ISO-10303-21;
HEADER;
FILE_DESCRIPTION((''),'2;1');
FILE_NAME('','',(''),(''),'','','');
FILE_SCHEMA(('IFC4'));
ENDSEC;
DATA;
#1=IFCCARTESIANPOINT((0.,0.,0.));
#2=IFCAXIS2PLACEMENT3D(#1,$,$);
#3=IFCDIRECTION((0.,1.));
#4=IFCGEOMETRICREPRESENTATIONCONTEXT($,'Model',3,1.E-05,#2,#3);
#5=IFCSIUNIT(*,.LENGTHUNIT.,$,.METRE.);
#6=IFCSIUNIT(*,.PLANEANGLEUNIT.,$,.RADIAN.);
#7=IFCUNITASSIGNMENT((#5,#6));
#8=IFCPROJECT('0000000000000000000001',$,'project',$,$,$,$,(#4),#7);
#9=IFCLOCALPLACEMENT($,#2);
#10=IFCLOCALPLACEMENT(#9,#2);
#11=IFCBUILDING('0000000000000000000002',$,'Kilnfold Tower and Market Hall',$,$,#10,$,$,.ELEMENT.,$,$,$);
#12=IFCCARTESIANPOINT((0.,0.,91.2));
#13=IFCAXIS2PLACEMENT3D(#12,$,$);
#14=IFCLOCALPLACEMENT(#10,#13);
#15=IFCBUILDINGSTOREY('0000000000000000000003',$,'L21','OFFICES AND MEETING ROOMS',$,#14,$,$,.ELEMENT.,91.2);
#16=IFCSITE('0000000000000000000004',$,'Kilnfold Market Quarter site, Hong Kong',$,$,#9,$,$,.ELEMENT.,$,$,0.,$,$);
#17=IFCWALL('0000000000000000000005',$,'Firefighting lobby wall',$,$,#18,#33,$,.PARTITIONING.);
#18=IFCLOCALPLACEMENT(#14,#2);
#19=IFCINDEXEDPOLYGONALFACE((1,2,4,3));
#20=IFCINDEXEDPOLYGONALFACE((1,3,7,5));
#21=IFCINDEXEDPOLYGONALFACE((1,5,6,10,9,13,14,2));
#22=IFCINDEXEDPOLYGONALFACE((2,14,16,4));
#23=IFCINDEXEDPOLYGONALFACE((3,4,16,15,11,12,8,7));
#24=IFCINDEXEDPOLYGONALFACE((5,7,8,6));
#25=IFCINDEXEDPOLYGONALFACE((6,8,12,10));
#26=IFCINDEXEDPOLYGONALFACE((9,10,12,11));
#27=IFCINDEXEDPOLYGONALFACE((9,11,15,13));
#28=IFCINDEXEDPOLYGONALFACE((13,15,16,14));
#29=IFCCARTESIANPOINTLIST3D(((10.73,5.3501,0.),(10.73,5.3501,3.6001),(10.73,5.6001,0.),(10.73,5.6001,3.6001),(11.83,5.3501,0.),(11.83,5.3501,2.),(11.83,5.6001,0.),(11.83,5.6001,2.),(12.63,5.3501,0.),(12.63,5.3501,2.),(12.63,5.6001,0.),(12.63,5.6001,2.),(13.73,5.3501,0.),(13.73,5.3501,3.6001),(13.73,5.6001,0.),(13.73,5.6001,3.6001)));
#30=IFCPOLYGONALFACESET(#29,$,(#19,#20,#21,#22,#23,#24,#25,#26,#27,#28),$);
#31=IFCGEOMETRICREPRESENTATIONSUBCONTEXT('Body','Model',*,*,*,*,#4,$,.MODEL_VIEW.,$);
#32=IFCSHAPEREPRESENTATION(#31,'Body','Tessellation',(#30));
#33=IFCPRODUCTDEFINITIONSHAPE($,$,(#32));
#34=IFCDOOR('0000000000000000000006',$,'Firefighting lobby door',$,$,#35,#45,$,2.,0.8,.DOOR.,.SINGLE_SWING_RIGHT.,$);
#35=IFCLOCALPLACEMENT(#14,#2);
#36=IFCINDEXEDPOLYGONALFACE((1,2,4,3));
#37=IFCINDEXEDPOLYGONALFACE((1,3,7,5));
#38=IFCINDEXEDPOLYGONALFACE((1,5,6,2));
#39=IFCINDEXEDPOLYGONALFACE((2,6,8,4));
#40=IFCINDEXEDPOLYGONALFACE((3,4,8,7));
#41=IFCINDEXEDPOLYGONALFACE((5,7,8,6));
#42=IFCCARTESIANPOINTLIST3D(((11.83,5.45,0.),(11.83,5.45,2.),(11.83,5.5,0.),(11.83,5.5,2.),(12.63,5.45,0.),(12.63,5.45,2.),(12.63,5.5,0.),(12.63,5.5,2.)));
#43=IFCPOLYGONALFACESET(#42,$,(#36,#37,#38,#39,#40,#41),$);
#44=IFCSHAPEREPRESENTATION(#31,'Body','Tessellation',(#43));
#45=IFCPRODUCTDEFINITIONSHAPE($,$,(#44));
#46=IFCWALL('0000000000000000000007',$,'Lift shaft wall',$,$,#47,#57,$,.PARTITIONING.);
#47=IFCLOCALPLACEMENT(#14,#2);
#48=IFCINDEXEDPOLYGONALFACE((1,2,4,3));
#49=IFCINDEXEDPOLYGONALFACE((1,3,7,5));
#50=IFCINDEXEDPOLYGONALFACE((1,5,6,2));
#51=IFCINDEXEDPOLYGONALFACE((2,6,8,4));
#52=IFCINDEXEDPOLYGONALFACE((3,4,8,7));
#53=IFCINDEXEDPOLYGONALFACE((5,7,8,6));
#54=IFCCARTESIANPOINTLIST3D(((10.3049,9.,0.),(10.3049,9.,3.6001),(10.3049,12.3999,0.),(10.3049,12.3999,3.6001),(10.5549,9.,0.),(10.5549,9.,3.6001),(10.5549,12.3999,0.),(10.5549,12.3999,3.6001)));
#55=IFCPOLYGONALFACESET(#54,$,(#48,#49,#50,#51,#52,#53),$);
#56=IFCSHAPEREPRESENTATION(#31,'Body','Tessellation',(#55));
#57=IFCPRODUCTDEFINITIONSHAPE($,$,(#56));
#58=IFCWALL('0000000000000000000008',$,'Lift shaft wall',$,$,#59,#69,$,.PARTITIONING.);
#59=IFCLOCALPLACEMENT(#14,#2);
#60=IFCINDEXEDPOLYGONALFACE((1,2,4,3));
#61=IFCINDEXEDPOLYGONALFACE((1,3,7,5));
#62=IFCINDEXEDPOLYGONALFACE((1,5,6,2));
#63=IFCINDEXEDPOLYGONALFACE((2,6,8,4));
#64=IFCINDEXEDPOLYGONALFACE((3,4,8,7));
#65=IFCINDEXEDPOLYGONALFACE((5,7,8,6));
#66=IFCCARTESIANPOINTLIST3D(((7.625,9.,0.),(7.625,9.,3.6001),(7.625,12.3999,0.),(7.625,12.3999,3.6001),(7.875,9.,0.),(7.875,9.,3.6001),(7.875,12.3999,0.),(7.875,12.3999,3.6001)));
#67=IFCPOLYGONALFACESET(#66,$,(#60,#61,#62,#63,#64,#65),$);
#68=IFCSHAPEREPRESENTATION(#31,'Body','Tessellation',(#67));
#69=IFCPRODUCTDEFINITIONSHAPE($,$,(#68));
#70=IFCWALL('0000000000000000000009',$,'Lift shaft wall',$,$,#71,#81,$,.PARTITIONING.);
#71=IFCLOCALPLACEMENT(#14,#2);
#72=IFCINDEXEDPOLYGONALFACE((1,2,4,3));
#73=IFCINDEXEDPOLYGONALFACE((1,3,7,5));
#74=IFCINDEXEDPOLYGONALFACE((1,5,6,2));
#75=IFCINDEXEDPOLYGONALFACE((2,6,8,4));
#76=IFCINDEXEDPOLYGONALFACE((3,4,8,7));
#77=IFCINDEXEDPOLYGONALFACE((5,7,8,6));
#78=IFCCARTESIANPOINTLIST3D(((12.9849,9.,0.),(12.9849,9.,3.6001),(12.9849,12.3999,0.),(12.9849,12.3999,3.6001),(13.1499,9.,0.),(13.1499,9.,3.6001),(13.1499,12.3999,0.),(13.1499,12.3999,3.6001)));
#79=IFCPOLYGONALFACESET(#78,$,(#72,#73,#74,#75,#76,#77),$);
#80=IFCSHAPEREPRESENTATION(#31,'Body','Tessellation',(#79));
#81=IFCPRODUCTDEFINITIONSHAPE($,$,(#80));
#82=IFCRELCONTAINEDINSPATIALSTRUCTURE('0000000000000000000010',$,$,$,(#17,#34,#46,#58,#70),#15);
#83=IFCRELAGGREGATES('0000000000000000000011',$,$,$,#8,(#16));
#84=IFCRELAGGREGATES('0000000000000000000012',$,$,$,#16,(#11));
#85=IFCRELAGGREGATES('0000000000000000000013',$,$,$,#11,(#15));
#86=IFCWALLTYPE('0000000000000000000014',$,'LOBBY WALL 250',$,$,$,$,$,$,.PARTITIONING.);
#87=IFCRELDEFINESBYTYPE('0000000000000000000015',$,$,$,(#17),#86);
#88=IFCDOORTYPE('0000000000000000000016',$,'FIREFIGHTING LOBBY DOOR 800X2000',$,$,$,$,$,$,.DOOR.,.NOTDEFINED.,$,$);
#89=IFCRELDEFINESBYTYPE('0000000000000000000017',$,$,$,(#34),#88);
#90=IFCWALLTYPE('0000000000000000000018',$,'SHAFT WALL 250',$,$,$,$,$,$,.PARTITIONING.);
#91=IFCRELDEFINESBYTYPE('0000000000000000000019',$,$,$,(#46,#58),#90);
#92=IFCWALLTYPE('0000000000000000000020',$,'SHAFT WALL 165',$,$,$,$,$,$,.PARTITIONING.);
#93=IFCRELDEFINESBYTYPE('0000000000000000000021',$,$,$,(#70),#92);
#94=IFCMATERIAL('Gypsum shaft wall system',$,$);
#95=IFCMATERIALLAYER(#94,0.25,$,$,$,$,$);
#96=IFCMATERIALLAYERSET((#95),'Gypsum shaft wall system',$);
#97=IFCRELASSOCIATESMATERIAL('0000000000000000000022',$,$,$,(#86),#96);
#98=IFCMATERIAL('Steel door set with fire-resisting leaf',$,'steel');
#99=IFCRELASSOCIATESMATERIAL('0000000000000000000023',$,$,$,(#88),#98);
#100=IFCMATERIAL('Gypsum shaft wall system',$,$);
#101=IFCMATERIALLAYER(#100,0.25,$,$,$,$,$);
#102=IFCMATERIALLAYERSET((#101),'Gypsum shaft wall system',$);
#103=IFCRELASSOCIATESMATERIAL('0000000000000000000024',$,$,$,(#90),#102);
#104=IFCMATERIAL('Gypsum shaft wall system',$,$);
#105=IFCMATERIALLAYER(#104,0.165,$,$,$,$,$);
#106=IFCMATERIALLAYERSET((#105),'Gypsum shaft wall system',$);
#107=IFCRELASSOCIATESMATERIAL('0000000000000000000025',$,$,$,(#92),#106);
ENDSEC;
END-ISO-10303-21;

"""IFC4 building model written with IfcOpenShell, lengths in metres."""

from ifc_helpers import new_model, si_unit, direction, frame, frame_2d, origin, place, context, subcontext, project, spatial, rectangle, extrude, source, transform, mapped, material, layer, layer_set, type_object, element, fill, save


model = new_model("IFC4")

# Units and contexts
model_context = context("Model", 3, precision=1e-05, world=origin(), true_north=direction((0.0, 1.0)))
body_context = subcontext(model_context, "Body", "Model", "MODEL_VIEW")
ifc_project = project(units=[si_unit("LENGTHUNIT", "METRE"), si_unit("PLANEANGLEUNIT", "RADIAN")], contexts=[model_context])

# Site, building, storey
site_placement = place(None, origin())
site = spatial("IfcSite", under=ifc_project, at=site_placement, Name="Kilnfold Market Quarter site, Hong Kong", CompositionType="ELEMENT", RefElevation=0.0)
building_placement = place(site_placement, origin())
building = spatial("IfcBuilding", under=site, at=building_placement, Name="Kilnfold Tower and Market Hall", CompositionType="ELEMENT")
storey_placement = place(building_placement, frame((0.0, 0.0, 91.2)))
storey = spatial("IfcBuildingStorey", under=building, at=storey_placement, Name="L21", Description="OFFICES AND MEETING ROOMS", CompositionType="ELEMENT", Elevation=91.2)

# Shared definitions
ifc_material_1 = material(Name="Gypsum shaft wall system")
ifc_layer_1 = layer(ifc_material_1, 0.25)
ifc_layer_set_1 = layer_set([ifc_layer_1], Name="Gypsum shaft wall system")
wall_type_1 = type_object("IfcWallType", Name="LOBBY WALL 250", PredefinedType="PARTITIONING", material=ifc_layer_set_1)

# Wall, opening, door
shared_shape_1 = source(origin(), body_context, "Body", "SweptSolid", [
    extrude(rectangle(XDim=3.0, YDim=0.25, at=frame_2d((1.5, 0.0))), origin(), (0.0, 0.0, 1.0), 3.6001),
])
wall_1_placement = place(storey_placement, frame((10.73, 5.4751, 0.0), z_axis=(0.0, 0.0, 1.0), x_axis=(1.0, 0.0, 0.0)))
wall_1 = element("IfcWall", 1, at=wall_1_placement, inside=storey, type_object=wall_type_1, Name="Firefighting lobby wall", PredefinedType="PARTITIONING", context=body_context, shape_type="MappedRepresentation", body=[
    mapped(shared_shape_1, transform((0.0, 0.0, 0.0))),
])
opening_1_placement = place(wall_1_placement, frame((1.1001, 0.0, 0.0)))
opening_1 = element("IfcOpeningElement", 2, at=opening_1_placement, cuts=wall_1, PredefinedType="OPENING", context=body_context, shape_type="SweptSolid", body=[
    extrude(rectangle(XDim=0.8, YDim=2.0, at=frame_2d((0.3999, 1.0))), frame((0.0, 0.135, 0.0), z_axis=(0.0, -1.0, 0.0), x_axis=(1.0, 0.0, 0.0)), (0.0, 0.0, 1.0), 0.27),
])
ifc_material_2 = material(Name="Steel door set with fire-resisting leaf", Category="steel")
door_type_1 = type_object("IfcDoorType", Name="FIREFIGHTING LOBBY DOOR 800X2000", OperationType="NOTDEFINED", PredefinedType="DOOR", material=ifc_material_2)
door_1_placement = place(opening_1_placement, origin())
door_1 = element("IfcDoor", 3, at=door_1_placement, inside=storey, type_object=door_type_1, Name="Firefighting lobby door", OperationType="SINGLE_SWING_RIGHT", OverallHeight=2.0, OverallWidth=0.8, PredefinedType="DOOR", context=body_context, shape_type="SweptSolid", body=[
    extrude(rectangle(XDim=0.8, YDim=2.0, at=frame_2d((0.3999, 1.0))), frame((0.0, 0.0249, 0.0), z_axis=(0.0, -1.0, 0.0), x_axis=(1.0, 0.0, 0.0)), (0.0, 0.0, 1.0), 0.05),
])
fill(opening_1, door_1)

# Walls
ifc_material_3 = material(Name="Gypsum shaft wall system")
ifc_layer_2 = layer(ifc_material_3, 0.25)
ifc_layer_set_2 = layer_set([ifc_layer_2], Name="Gypsum shaft wall system")
wall_type_2 = type_object("IfcWallType", Name="SHAFT WALL 250", PredefinedType="PARTITIONING", material=ifc_layer_set_2)
shared_shape_2 = source(origin(), body_context, "Body", "SweptSolid", [
    extrude(rectangle(XDim=3.3999, YDim=0.25, at=frame_2d((1.7, 0.0))), origin(), (0.0, 0.0, 1.0), 3.6001),
])
for number, where, z_axis, x_axis, name in (
    (4, (10.4299, 9.0, 0.0), (0.0, 0.0, 1.0), (0.0, 1.0, 0.0), "Lift shaft wall"),
    (5, (7.75, 9.0, 0.0), (0.0, 0.0, 1.0), (0.0, 1.0, 0.0), "Lift shaft wall"),
):
    element("IfcWall", number, at=place(storey_placement, frame(where, z_axis=z_axis, x_axis=x_axis)), inside=storey, type_object=wall_type_2, Name=name, PredefinedType="PARTITIONING", context=body_context, shape_type="MappedRepresentation", body=[
        mapped(shared_shape_2, transform((0.0, 0.0, 0.0))),
    ])
ifc_material_4 = material(Name="Gypsum shaft wall system")
ifc_layer_3 = layer(ifc_material_4, 0.165)
ifc_layer_set_3 = layer_set([ifc_layer_3], Name="Gypsum shaft wall system")
wall_type_3 = type_object("IfcWallType", Name="SHAFT WALL 165", PredefinedType="PARTITIONING", material=ifc_layer_set_3)
shared_shape_3 = source(origin(), body_context, "Body", "SweptSolid", [
    extrude(rectangle(XDim=3.3999, YDim=0.165, at=frame_2d((1.7, 0.0))), origin(), (0.0, 0.0, 1.0), 3.6001),
])
wall_2_placement = place(storey_placement, frame((13.0674, 9.0, 0.0), z_axis=(0.0, 0.0, 1.0), x_axis=(0.0, 1.0, 0.0)))
element("IfcWall", 6, at=wall_2_placement, inside=storey, type_object=wall_type_3, Name="Lift shaft wall", PredefinedType="PARTITIONING", context=body_context, shape_type="MappedRepresentation", body=[
    mapped(shared_shape_3, transform((0.0, 0.0, 0.0))),
])

save(model, "model.ifc")
